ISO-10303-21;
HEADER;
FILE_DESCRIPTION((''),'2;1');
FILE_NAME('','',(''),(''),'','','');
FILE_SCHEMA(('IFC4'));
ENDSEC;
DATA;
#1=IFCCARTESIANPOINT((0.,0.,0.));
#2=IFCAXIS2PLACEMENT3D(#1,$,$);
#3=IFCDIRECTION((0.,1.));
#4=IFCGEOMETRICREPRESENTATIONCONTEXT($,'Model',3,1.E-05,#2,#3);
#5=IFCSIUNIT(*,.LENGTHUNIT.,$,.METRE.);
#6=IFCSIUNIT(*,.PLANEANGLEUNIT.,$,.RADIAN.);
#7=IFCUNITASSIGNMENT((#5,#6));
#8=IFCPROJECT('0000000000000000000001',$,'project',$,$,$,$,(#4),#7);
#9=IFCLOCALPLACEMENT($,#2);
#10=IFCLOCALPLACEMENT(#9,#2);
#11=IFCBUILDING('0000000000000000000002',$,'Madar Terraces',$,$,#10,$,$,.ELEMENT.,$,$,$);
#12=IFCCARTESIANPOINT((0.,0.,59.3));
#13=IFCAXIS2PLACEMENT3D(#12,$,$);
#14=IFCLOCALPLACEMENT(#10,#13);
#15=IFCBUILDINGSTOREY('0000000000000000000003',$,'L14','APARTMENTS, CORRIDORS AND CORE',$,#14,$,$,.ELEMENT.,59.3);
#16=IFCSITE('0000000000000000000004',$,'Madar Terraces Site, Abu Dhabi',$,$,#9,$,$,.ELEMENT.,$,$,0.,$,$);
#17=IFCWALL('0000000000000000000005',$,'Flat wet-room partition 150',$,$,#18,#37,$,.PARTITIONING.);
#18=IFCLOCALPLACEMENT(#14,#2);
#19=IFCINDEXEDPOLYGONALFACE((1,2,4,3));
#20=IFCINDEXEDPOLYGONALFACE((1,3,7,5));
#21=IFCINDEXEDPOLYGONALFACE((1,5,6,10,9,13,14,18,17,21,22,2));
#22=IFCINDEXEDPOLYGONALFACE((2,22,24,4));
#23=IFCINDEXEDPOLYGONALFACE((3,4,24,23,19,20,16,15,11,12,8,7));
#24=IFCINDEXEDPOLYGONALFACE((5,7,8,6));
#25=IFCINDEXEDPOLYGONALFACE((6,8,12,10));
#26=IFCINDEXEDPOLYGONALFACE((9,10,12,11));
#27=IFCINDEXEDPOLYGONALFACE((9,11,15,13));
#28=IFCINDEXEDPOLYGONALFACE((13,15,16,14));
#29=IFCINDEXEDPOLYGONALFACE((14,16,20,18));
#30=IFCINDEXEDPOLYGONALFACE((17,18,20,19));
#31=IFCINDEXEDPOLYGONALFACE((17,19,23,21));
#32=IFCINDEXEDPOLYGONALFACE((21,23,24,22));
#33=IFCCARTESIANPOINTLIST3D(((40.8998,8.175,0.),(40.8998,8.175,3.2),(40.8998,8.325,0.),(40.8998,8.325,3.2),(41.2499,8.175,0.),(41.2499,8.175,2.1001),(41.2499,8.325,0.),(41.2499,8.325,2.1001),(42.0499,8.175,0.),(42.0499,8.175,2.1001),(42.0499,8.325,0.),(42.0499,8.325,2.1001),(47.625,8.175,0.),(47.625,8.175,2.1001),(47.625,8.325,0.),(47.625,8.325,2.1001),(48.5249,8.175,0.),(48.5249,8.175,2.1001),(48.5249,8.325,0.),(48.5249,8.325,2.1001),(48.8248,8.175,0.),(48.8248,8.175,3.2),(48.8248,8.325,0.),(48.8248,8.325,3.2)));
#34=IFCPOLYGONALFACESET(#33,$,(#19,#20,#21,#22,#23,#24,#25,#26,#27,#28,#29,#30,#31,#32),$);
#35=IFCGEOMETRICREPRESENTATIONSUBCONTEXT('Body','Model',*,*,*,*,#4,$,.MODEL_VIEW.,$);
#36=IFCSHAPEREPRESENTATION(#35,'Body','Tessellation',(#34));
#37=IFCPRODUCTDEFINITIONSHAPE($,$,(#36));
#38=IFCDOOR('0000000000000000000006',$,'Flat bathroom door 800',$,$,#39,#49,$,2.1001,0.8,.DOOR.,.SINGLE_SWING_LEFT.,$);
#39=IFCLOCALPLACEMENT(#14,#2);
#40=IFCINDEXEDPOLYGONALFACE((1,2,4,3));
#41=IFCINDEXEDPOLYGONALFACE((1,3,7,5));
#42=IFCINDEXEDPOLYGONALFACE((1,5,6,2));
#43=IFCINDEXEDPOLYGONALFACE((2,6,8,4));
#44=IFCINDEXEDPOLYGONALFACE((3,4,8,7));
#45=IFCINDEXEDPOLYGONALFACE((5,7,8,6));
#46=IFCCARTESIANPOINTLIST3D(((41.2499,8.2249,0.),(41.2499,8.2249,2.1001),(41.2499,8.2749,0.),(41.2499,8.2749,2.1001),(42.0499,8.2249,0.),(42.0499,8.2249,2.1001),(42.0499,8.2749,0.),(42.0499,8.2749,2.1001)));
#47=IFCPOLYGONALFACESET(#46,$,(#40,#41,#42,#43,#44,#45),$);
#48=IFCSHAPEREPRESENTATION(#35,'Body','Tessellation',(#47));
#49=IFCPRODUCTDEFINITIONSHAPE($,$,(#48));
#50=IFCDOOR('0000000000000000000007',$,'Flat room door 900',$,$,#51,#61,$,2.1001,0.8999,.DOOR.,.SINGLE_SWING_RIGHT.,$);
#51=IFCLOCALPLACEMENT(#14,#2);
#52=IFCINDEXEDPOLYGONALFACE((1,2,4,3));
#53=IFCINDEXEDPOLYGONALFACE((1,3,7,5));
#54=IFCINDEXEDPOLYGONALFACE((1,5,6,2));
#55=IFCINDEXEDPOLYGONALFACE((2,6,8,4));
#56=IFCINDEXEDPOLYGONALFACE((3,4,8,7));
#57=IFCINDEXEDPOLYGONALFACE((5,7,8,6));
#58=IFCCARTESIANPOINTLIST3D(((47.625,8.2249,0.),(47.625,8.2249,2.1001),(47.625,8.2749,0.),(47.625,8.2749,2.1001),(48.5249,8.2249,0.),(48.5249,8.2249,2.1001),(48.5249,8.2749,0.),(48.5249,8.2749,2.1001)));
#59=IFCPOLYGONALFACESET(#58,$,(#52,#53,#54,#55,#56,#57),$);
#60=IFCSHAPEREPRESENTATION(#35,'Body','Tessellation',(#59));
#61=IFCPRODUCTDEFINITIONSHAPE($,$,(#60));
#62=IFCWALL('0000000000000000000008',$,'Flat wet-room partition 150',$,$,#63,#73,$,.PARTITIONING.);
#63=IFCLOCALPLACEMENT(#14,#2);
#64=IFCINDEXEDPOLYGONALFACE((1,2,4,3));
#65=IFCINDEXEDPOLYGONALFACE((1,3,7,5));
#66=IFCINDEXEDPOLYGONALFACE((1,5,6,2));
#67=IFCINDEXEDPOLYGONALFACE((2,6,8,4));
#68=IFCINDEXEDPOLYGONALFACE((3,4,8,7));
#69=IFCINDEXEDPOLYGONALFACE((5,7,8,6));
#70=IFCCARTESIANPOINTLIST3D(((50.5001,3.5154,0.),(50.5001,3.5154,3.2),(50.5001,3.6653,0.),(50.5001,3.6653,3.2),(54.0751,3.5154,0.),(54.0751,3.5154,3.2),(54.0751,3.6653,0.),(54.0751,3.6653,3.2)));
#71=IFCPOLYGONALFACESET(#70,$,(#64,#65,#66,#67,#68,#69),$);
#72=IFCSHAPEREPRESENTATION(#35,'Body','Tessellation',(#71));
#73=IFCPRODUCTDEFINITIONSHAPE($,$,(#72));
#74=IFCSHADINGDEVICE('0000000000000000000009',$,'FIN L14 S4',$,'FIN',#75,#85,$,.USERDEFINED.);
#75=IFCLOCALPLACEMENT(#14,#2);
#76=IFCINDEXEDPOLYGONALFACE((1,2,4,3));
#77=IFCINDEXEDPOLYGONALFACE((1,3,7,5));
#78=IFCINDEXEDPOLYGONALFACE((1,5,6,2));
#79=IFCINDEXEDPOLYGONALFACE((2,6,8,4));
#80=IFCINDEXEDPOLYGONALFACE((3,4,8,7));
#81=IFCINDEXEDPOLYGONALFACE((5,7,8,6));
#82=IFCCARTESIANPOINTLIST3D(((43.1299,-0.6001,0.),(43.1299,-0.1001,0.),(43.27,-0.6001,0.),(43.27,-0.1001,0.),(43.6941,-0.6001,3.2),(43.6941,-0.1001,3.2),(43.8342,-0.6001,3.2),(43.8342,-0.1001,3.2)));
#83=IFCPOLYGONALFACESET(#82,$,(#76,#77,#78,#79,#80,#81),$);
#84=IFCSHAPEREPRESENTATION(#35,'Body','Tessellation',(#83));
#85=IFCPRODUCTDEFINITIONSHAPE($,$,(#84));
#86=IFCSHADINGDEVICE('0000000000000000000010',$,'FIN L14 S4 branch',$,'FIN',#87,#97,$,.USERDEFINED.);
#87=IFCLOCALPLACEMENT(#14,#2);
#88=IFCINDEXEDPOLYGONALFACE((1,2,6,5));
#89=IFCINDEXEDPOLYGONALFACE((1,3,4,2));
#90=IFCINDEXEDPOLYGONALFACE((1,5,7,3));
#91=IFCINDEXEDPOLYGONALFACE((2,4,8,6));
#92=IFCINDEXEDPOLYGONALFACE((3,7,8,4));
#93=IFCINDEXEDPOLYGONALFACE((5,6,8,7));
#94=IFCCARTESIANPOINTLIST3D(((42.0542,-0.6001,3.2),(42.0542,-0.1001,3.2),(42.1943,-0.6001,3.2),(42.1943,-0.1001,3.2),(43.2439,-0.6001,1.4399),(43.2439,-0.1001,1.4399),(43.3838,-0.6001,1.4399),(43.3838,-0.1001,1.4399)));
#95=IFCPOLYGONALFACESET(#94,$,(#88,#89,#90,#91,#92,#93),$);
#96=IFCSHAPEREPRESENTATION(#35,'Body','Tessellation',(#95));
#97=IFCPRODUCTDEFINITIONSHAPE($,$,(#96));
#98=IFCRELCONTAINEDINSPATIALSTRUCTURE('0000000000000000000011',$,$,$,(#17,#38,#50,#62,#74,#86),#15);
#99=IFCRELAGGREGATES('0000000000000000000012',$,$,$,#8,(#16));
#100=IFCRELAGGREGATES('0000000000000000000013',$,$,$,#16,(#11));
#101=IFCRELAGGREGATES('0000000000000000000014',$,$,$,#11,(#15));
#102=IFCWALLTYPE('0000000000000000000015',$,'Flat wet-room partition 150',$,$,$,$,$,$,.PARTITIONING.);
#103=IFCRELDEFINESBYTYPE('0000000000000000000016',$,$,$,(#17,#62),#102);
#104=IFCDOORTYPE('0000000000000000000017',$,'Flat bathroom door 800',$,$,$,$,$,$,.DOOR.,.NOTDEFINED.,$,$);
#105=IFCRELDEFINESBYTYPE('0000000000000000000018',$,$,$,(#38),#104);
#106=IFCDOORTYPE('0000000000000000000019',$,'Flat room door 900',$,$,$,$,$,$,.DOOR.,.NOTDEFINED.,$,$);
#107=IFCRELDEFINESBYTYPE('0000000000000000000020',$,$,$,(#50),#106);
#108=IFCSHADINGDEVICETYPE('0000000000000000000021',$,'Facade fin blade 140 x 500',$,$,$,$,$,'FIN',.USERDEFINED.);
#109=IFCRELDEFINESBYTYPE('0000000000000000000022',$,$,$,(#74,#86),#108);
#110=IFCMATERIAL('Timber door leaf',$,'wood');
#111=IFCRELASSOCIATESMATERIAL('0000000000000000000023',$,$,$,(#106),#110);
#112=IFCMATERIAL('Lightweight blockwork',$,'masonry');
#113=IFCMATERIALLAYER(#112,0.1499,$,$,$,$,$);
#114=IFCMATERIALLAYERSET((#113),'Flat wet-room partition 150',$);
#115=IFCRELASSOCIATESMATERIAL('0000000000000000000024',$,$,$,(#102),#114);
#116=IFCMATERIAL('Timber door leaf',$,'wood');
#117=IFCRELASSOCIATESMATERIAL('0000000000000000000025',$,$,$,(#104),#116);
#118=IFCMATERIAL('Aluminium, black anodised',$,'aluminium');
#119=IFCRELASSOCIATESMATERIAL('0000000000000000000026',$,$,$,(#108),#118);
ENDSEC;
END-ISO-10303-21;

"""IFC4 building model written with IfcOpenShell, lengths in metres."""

from ifc_helpers import new_model, si_unit, direction, frame, frame_2d, origin, place, context, subcontext, project, spatial, polyline, rectangle, outline, extrude, material, layer, layer_set, type_object, element, fill, save


model = new_model("IFC4")

# Units and contexts
model_context = context("Model", 3, precision=1e-05, world=origin(), true_north=direction((0.0, 1.0)))
body_context = subcontext(model_context, "Body", "Model", "MODEL_VIEW")
ifc_project = project(units=[si_unit("LENGTHUNIT", "METRE"), si_unit("PLANEANGLEUNIT", "RADIAN")], contexts=[model_context])

# Site, building, storey
site_placement = place(None, origin())
site = spatial("IfcSite", under=ifc_project, at=site_placement, Name="Madar Terraces Site, Abu Dhabi", CompositionType="ELEMENT", RefElevation=0.0)
building_placement = place(site_placement, origin())
building = spatial("IfcBuilding", under=site, at=building_placement, Name="Madar Terraces", CompositionType="ELEMENT")
storey_placement = place(building_placement, frame((0.0, 0.0, 59.3)))
storey = spatial("IfcBuildingStorey", under=building, at=storey_placement, Name="L14", Description="APARTMENTS, CORRIDORS AND CORE", CompositionType="ELEMENT", Elevation=59.3)

# Wall, openings, doors
ifc_material_1 = material(Name="Timber door leaf", Category="wood")
door_type_1 = type_object("IfcDoorType", Name="Flat room door 900", OperationType="NOTDEFINED", PredefinedType="DOOR", material=ifc_material_1)
ifc_material_2 = material(Name="Lightweight blockwork", Category="masonry")
ifc_layer_1 = layer(ifc_material_2, 0.1499)
ifc_layer_set_1 = layer_set([ifc_layer_1], Name="Flat wet-room partition 150")
wall_type_1 = type_object("IfcWallType", Name="Flat wet-room partition 150", PredefinedType="PARTITIONING", material=ifc_layer_set_1)
wall_1_placement = place(storey_placement, frame((40.8999, 8.25, 0.0), z_axis=(0.0, 0.0, 1.0), x_axis=(1.0, 0.0, 0.0)))
wall_1 = element("IfcWall", 1, at=wall_1_placement, inside=storey, type_object=wall_type_1, Name="Flat wet-room partition 150", PredefinedType="PARTITIONING", context=body_context, shape_type="SweptSolid", body=[
    extrude(rectangle(XDim=7.925, YDim=0.1499, at=frame_2d((3.9624, 0.0))), origin(), (0.0, 0.0, 1.0), 3.2),
])
opening_1_placement = place(wall_1_placement, frame((6.7251, 0.0, 0.0)))
opening_1 = element("IfcOpeningElement", 2, at=opening_1_placement, cuts=wall_1, PredefinedType="OPENING", context=body_context, shape_type="SweptSolid", body=[
    extrude(rectangle(XDim=0.8999, YDim=2.1001, at=frame_2d((0.45, 1.05))), frame((0.0, 0.085, 0.0), z_axis=(0.0, -1.0, 0.0), x_axis=(1.0, 0.0, 0.0)), (0.0, 0.0, 1.0), 0.1699),
])
opening_2_placement = place(wall_1_placement, frame((0.3501, 0.0, 0.0)))
opening_2 = element("IfcOpeningElement", 3, at=opening_2_placement, cuts=wall_1, PredefinedType="OPENING", context=body_context, shape_type="SweptSolid", body=[
    extrude(rectangle(XDim=0.8, YDim=2.1001, at=frame_2d((0.3999, 1.05))), frame((0.0, 0.085, 0.0), z_axis=(0.0, -1.0, 0.0), x_axis=(1.0, 0.0, 0.0)), (0.0, 0.0, 1.0), 0.1699),
])
ifc_material_3 = material(Name="Timber door leaf", Category="wood")
door_type_2 = type_object("IfcDoorType", Name="Flat bathroom door 800", OperationType="NOTDEFINED", PredefinedType="DOOR", material=ifc_material_3)
door_1_placement = place(opening_2_placement, origin())
door_1 = element("IfcDoor", 4, at=door_1_placement, inside=storey, type_object=door_type_2, Name="Flat bathroom door 800", OperationType="SINGLE_SWING_LEFT", OverallHeight=2.1001, OverallWidth=0.8, PredefinedType="DOOR", context=body_context, shape_type="SweptSolid", body=[
    extrude(rectangle(XDim=0.8, YDim=2.1001, at=frame_2d((0.3999, 1.05))), frame((0.0, 0.0249, 0.0), z_axis=(0.0, -1.0, 0.0), x_axis=(1.0, 0.0, 0.0)), (0.0, 0.0, 1.0), 0.05),
])
fill(opening_2, door_1)
door_2_placement = place(opening_1_placement, origin())
door_2 = element("IfcDoor", 5, at=door_2_placement, inside=storey, type_object=door_type_1, Name="Flat room door 900", OperationType="SINGLE_SWING_RIGHT", OverallHeight=2.1001, OverallWidth=0.8999, PredefinedType="DOOR", context=body_context, shape_type="SweptSolid", body=[
    extrude(rectangle(XDim=0.8999, YDim=2.1001, at=frame_2d((0.45, 1.05))), frame((0.0, 0.0249, 0.0), z_axis=(0.0, -1.0, 0.0), x_axis=(1.0, 0.0, 0.0)), (0.0, 0.0, 1.0), 0.05),
])
fill(opening_1, door_2)

# Wall
wall_2_placement = place(storey_placement, frame((50.5, 3.5903, 0.0), z_axis=(0.0, 0.0, 1.0), x_axis=(1.0, 0.0, 0.0)))
element("IfcWall", 6, at=wall_2_placement, inside=storey, type_object=wall_type_1, Name="Flat wet-room partition 150", PredefinedType="PARTITIONING", context=body_context, shape_type="SweptSolid", body=[
    extrude(rectangle(XDim=3.575, YDim=0.1499, at=frame_2d((1.7876, 0.0))), origin(), (0.0, 0.0, 1.0), 3.2),
])

# Shading devices
ifc_material_4 = material(Name="Aluminium, black anodised", Category="aluminium")
shading_device_type = type_object("IfcShadingDeviceType", Name="Facade fin blade 140 x 500", ElementType="FIN", PredefinedType="USERDEFINED", material=ifc_material_4)
shading_device_1_placement = place(storey_placement, frame((43.1299, -0.3501, 0.0), z_axis=(0.0, 0.0, 1.0), x_axis=(1.0, 0.0, 0.0)))
element("IfcShadingDevice", 7, at=shading_device_1_placement, inside=storey, type_object=shading_device_type, Name="FIN L14 S4", ObjectType="FIN", PredefinedType="USERDEFINED", context=body_context, shape_type="SweptSolid", body=[
    extrude(outline(polyline([(0.0, 0.0), (0.1401, 0.0), (0.7043, 3.2), (0.5642, 3.2), (0.0, 0.0)])), frame((0.0, 0.25, 0.0), z_axis=(0.0, -1.0, 0.0), x_axis=(1.0, 0.0, 0.0)), (0.0, 0.0, 1.0), 0.5),
])
shading_device_2_placement = place(storey_placement, frame((43.2439, -0.3501, 1.4399), z_axis=(0.0, 0.0, 1.0), x_axis=(1.0, 0.0, 0.0)))
element("IfcShadingDevice", 8, at=shading_device_2_placement, inside=storey, type_object=shading_device_type, Name="FIN L14 S4 branch", ObjectType="FIN", PredefinedType="USERDEFINED", context=body_context, shape_type="SweptSolid", body=[
    extrude(outline(polyline([(0.0, 0.0), (0.1399, 0.0), (-1.0496, 1.76), (-1.1897, 1.76), (0.0, 0.0)])), frame((0.0, 0.25, 0.0), z_axis=(0.0, -1.0, 0.0), x_axis=(1.0, 0.0, 0.0)), (0.0, 0.0, 1.0), 0.5),
])

save(model, "model.ifc")
